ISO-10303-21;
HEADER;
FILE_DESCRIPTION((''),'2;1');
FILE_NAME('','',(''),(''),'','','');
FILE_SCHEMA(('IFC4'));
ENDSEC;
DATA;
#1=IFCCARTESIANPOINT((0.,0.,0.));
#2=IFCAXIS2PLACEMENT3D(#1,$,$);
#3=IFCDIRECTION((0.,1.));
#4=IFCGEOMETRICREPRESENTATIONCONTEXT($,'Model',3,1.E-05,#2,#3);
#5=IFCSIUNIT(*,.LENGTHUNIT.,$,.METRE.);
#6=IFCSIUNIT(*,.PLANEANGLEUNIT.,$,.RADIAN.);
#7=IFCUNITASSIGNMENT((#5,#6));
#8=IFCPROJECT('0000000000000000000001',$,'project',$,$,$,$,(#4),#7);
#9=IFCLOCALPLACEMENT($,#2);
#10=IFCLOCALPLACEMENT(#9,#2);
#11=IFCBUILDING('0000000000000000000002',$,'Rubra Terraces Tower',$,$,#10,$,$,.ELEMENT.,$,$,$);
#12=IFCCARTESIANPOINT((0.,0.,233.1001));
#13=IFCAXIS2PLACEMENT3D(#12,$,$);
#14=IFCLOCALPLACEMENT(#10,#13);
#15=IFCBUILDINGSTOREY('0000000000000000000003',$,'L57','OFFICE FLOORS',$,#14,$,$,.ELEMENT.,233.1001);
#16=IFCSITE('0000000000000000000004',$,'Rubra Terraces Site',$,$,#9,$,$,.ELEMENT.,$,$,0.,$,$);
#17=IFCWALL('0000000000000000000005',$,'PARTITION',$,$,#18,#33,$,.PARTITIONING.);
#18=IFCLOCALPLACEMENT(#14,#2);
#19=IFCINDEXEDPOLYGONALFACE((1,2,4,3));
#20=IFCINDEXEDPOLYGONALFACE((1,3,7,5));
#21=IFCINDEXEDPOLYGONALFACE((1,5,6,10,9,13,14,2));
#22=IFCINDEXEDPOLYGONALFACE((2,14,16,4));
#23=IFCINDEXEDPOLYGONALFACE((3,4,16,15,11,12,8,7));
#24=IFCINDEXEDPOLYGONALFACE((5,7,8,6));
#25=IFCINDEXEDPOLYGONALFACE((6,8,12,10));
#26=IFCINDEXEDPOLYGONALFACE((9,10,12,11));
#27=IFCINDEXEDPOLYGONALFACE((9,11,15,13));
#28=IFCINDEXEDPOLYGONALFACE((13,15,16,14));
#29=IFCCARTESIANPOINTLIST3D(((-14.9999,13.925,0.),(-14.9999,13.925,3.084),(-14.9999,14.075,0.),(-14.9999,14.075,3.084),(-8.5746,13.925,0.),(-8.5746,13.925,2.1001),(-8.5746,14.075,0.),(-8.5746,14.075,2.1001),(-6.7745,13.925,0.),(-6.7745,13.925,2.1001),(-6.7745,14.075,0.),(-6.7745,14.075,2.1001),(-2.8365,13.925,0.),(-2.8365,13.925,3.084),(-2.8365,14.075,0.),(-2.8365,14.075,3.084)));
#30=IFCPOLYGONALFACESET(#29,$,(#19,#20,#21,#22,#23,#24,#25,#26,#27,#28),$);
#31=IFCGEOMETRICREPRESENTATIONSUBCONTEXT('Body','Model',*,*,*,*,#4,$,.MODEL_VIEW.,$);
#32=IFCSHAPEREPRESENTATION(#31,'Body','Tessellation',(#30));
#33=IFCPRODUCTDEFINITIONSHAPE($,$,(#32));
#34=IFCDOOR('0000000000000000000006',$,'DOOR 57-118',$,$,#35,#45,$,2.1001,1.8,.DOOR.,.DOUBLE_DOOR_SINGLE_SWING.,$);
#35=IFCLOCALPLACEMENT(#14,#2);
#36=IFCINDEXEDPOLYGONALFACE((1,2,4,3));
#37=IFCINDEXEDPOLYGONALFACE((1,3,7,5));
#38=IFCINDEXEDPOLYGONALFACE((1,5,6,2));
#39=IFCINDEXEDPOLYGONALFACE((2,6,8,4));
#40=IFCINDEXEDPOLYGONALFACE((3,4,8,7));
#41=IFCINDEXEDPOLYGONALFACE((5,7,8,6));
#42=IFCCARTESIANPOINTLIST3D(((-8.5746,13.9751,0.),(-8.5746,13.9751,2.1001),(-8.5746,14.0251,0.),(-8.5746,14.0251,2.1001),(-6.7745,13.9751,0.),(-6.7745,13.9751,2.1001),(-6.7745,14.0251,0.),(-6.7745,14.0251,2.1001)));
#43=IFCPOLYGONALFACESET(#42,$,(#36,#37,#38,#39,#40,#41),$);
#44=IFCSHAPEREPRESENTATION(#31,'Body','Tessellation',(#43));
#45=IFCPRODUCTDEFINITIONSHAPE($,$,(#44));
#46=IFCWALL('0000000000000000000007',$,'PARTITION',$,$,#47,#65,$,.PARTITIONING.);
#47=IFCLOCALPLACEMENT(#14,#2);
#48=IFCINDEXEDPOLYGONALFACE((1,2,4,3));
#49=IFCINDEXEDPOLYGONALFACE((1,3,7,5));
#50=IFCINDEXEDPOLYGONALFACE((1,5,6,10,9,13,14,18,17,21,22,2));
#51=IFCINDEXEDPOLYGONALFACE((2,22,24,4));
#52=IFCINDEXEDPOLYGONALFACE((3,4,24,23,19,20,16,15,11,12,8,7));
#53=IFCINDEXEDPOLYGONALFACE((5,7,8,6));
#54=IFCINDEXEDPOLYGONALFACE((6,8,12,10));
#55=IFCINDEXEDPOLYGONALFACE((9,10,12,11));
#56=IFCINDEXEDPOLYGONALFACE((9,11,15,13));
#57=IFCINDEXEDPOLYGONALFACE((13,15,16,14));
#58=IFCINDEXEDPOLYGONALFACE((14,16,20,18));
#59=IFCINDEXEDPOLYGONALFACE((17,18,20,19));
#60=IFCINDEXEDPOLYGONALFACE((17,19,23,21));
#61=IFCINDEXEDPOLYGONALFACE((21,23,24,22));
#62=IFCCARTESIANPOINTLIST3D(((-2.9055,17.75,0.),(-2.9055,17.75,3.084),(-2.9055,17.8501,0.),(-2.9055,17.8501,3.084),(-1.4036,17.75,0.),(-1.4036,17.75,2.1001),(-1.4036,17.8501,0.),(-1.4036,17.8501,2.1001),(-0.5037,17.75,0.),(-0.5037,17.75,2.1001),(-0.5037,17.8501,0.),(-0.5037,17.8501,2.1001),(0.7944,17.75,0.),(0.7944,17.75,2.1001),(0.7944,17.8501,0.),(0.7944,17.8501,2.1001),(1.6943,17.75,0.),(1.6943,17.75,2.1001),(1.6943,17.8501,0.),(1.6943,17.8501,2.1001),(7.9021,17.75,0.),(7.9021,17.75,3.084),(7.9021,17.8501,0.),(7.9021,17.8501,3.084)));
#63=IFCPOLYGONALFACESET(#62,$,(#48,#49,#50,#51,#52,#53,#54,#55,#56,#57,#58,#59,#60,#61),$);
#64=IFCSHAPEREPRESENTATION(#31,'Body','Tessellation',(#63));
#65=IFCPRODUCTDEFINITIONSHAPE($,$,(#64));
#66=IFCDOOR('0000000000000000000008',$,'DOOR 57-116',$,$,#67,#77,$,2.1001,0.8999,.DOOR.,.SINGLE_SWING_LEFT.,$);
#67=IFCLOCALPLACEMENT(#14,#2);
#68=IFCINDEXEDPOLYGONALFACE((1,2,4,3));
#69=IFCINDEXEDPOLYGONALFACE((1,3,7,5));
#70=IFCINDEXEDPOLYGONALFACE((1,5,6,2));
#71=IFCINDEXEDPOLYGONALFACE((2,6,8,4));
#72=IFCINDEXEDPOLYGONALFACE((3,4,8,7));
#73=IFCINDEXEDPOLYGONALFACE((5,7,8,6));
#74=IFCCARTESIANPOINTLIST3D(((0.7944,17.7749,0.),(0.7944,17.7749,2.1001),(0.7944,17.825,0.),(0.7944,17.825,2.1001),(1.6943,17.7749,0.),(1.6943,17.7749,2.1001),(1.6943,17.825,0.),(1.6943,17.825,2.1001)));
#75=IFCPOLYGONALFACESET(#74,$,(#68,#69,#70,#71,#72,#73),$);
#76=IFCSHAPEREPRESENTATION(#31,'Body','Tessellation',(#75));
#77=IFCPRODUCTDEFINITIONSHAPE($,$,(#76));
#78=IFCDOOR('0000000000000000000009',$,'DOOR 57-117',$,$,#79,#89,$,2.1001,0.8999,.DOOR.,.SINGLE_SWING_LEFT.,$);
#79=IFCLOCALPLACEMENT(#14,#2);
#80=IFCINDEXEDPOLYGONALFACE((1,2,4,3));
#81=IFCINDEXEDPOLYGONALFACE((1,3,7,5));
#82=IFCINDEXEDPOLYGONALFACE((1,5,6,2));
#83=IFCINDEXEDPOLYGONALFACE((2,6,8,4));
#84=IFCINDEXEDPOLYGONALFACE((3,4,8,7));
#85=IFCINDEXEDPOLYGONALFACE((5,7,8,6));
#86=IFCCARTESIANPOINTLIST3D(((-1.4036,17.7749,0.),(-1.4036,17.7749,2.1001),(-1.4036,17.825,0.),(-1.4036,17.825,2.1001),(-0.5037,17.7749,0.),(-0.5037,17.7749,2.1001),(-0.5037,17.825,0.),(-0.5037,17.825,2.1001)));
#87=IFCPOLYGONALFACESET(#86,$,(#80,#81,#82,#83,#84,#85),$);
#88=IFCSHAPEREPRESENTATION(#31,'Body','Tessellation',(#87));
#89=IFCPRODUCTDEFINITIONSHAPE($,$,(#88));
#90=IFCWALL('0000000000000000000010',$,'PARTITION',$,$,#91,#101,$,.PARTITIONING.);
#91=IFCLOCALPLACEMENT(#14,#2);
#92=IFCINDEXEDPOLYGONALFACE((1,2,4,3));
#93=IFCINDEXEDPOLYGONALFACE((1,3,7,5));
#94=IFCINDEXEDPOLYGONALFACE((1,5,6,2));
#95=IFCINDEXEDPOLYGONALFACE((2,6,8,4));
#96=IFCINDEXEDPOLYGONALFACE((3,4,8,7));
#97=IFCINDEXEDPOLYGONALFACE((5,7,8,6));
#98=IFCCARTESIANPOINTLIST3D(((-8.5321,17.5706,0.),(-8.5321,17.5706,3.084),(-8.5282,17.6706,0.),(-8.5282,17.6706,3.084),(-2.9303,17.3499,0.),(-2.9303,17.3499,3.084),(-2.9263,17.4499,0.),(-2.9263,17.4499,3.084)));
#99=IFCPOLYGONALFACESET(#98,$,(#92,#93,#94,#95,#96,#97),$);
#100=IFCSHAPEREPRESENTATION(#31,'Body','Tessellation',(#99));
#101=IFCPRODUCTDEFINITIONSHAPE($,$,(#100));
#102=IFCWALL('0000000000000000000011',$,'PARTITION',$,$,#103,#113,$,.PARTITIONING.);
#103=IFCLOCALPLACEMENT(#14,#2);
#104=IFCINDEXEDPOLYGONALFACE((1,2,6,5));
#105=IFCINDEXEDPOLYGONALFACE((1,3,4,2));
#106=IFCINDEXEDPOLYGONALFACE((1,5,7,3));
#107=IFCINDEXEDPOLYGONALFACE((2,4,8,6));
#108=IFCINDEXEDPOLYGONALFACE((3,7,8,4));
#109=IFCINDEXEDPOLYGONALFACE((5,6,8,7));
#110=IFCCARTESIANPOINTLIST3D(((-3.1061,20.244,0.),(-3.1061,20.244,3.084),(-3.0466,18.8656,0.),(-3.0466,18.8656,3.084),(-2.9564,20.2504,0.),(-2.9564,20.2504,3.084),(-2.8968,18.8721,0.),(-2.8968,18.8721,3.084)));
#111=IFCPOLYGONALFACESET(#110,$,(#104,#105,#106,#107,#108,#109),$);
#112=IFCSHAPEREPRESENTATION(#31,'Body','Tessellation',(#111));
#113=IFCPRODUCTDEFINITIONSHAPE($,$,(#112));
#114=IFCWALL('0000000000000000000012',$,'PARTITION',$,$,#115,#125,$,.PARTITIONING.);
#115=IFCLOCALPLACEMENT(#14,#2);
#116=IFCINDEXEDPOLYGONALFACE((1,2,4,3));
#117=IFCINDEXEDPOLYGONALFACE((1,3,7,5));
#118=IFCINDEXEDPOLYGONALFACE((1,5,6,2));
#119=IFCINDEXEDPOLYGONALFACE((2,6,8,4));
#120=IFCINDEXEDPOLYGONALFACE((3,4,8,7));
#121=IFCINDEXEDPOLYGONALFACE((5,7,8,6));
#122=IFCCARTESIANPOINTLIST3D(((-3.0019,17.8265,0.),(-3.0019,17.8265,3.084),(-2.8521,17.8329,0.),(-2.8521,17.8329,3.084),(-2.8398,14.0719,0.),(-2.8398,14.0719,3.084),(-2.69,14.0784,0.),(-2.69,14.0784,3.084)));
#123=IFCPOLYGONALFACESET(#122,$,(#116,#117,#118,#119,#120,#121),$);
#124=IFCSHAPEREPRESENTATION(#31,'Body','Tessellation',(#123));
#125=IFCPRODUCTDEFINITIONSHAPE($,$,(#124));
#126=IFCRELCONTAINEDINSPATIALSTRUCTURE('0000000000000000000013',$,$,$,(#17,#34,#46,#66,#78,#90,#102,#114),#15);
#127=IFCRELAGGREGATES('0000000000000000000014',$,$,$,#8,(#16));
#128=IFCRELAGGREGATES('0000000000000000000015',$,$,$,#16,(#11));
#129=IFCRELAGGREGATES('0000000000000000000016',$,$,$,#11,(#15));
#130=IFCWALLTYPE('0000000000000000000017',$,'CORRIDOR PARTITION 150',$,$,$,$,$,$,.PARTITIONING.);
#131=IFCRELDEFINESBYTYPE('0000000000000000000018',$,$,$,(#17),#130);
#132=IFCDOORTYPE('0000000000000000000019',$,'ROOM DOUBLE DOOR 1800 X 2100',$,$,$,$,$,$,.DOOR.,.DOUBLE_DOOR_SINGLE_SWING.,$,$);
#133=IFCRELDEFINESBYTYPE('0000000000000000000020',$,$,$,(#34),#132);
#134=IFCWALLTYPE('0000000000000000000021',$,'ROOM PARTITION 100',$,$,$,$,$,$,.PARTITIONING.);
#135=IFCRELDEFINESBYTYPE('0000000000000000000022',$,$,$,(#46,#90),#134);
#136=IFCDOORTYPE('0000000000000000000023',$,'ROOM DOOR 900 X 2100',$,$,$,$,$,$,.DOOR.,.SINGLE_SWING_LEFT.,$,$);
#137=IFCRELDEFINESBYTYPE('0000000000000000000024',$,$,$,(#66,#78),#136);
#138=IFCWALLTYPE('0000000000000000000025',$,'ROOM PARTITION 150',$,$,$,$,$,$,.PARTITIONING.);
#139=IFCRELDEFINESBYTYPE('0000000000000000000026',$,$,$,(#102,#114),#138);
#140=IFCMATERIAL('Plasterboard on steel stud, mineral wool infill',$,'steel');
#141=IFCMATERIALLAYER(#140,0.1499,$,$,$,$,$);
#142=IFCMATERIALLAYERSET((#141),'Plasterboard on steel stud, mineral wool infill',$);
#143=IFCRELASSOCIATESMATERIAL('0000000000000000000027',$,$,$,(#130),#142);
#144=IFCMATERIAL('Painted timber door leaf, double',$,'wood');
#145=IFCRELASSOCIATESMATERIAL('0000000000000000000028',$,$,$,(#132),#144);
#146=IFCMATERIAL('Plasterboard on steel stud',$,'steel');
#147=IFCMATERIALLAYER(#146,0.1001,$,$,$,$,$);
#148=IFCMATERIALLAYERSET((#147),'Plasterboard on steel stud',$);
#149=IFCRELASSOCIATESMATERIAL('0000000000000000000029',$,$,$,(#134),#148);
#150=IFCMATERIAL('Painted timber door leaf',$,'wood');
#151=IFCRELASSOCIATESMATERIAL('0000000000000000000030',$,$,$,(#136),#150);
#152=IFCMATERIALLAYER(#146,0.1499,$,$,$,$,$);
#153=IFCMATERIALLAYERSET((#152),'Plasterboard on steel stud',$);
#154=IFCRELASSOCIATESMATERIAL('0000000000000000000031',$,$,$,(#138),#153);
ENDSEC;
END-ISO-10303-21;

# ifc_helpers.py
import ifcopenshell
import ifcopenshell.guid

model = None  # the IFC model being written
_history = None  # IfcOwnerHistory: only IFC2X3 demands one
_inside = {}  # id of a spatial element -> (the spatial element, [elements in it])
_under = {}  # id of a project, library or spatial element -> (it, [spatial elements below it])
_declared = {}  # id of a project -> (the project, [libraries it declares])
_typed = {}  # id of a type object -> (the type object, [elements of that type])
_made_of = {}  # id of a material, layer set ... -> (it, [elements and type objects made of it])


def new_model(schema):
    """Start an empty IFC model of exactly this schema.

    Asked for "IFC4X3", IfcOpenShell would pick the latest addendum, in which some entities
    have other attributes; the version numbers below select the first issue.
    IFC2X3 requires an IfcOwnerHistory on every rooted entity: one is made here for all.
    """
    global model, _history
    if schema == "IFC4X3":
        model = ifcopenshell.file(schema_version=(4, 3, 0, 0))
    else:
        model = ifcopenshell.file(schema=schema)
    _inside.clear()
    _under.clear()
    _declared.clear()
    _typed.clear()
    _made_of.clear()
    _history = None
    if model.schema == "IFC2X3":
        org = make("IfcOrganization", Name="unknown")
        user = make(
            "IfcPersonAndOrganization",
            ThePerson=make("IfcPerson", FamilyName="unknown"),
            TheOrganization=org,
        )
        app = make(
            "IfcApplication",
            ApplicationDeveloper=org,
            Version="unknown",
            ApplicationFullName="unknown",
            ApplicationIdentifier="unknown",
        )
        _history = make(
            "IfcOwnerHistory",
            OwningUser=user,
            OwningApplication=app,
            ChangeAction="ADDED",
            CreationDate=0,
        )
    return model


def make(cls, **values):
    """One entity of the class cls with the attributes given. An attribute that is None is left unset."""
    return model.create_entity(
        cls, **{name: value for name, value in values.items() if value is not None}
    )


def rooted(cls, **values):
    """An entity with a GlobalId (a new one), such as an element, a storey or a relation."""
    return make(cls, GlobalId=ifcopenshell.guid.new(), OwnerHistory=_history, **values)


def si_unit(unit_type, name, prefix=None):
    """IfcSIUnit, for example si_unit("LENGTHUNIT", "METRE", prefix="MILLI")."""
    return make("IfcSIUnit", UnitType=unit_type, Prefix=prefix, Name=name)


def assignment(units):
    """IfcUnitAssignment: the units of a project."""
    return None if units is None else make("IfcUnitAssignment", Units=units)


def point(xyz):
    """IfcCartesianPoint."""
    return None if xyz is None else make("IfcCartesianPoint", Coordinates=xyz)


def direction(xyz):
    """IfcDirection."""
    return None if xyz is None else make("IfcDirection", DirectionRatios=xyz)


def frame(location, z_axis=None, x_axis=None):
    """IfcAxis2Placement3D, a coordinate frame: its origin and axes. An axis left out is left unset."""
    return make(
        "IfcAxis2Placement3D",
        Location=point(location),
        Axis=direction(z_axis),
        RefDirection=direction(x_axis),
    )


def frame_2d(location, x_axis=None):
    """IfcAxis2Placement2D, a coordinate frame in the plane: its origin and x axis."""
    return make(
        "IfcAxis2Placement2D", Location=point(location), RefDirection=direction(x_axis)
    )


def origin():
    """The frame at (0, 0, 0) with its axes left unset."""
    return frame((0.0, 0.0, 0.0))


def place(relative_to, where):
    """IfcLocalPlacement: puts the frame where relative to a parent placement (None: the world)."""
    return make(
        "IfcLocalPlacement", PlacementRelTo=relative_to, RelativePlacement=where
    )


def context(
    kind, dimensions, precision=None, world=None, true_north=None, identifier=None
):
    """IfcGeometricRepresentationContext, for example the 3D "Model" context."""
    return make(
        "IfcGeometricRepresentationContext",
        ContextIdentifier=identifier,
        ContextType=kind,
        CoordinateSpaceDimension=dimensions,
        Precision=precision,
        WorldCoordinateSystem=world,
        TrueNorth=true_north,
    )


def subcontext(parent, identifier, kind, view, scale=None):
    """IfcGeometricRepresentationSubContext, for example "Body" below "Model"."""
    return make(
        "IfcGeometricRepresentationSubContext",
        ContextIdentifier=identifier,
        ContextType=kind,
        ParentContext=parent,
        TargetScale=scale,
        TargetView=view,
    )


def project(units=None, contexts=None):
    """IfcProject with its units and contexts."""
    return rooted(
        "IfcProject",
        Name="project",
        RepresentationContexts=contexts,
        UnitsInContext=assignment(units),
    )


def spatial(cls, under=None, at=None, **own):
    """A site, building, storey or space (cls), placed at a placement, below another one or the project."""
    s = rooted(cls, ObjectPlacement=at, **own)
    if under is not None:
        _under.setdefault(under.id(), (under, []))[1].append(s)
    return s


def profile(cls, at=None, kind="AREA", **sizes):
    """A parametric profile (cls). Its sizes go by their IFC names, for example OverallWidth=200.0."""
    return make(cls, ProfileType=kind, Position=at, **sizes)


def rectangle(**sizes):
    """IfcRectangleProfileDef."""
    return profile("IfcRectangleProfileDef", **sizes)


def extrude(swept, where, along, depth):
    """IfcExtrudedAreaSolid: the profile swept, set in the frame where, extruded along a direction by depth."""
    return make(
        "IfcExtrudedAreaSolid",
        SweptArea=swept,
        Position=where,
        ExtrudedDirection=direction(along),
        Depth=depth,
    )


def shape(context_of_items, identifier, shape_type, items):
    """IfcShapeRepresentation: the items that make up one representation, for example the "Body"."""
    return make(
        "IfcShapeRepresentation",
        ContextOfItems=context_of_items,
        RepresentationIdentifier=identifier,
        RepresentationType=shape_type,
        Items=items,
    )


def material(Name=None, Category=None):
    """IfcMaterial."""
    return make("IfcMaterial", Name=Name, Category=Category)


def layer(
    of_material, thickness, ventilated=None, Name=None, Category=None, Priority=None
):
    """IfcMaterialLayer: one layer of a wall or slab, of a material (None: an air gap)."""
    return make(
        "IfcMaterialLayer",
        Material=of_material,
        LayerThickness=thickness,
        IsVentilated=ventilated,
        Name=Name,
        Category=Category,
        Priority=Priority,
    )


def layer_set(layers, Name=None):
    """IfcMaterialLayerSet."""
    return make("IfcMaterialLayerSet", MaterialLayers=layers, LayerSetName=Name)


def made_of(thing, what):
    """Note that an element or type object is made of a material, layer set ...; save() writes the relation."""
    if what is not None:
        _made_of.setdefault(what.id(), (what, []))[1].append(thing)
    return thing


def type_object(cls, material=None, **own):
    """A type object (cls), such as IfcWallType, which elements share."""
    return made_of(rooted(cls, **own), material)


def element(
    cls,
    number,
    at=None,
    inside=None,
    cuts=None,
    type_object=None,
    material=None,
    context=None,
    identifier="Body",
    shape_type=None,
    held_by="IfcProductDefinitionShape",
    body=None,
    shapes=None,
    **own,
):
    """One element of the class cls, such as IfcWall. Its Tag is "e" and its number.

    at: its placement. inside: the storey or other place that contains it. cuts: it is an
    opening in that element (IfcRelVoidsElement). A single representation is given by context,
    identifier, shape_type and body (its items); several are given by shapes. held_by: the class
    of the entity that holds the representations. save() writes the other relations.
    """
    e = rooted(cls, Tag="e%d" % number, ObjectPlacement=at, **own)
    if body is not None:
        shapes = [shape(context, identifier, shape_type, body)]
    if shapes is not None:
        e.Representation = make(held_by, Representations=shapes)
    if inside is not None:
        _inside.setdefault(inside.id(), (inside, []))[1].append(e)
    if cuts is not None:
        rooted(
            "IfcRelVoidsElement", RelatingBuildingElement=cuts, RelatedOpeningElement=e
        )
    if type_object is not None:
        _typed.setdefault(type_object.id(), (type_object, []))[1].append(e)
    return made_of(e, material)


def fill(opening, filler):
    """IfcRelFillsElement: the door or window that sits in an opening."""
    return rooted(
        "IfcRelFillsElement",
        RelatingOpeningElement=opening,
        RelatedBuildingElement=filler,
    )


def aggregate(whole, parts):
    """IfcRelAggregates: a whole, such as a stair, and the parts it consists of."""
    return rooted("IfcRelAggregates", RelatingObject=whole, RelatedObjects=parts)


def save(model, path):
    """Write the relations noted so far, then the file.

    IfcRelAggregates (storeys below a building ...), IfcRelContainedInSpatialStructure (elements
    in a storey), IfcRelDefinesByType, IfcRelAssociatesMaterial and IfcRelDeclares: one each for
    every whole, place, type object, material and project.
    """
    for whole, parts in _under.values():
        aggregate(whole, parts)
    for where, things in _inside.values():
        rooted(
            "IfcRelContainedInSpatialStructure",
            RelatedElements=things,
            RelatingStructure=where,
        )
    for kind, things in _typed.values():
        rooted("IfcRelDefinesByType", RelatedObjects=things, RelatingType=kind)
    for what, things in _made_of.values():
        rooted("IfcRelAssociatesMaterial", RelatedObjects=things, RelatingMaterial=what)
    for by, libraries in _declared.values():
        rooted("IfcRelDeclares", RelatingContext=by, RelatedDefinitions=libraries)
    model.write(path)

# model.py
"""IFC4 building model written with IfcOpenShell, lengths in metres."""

from ifc_helpers import new_model, si_unit, direction, frame, frame_2d, origin, place, context, subcontext, project, spatial, rectangle, extrude, material, layer, layer_set, type_object, element, fill, save


model = new_model("IFC4")

# Units and contexts
model_context = context("Model", 3, precision=1e-05, world=origin(), true_north=direction((0.0, 1.0)))
body_context = subcontext(model_context, "Body", "Model", "MODEL_VIEW")
ifc_project = project(units=[si_unit("LENGTHUNIT", "METRE"), si_unit("PLANEANGLEUNIT", "RADIAN")], contexts=[model_context])

# Site, building, storey
site_placement = place(None, origin())
site = spatial("IfcSite", under=ifc_project, at=site_placement, Name="Rubra Terraces Site", CompositionType="ELEMENT", RefElevation=0.0)
building_placement = place(site_placement, origin())
building = spatial("IfcBuilding", under=site, at=building_placement, Name="Rubra Terraces Tower", CompositionType="ELEMENT")
storey_placement = place(building_placement, frame((0.0, 0.0, 233.1001)))
storey = spatial("IfcBuildingStorey", under=building, at=storey_placement, Name="L57", Description="OFFICE FLOORS", CompositionType="ELEMENT", Elevation=233.1001)

# Wall, opening, door
ifc_material_1 = material(Name="Plasterboard on steel stud, mineral wool infill", Category="steel")
ifc_layer_1 = layer(ifc_material_1, 0.1499)
ifc_layer_set_1 = layer_set([ifc_layer_1], Name="Plasterboard on steel stud, mineral wool infill")
wall_type_1 = type_object("IfcWallType", Name="CORRIDOR PARTITION 150", PredefinedType="PARTITIONING", material=ifc_layer_set_1)
wall_1_placement = place(storey_placement, frame((-2.8367, 14.0, 0.0), z_axis=(0.0, 0.0, 1.0), x_axis=(-1.0, 0.0, 0.0)))
wall_1 = element("IfcWall", 1, at=wall_1_placement, inside=storey, type_object=wall_type_1, Name="PARTITION", PredefinedType="PARTITIONING", context=body_context, shape_type="SweptSolid", body=[
    extrude(rectangle(XDim=12.1633, YDim=0.1499, at=frame_2d((6.0815, 0.0))), origin(), (0.0, 0.0, 1.0), 3.084),
])
opening_1_placement = place(wall_1_placement, frame((3.938, 0.0, 0.0)))
opening_1 = element("IfcOpeningElement", 2, at=opening_1_placement, cuts=wall_1, PredefinedType="OPENING", context=body_context, shape_type="SweptSolid", body=[
    extrude(rectangle(XDim=1.8, YDim=2.1001, at=frame_2d((0.8999, 1.05))), frame((0.0, 0.085, 0.0), z_axis=(0.0, -1.0, 0.0), x_axis=(1.0, 0.0, 0.0)), (0.0, 0.0, 1.0), 0.1699),
])
ifc_material_2 = material(Name="Painted timber door leaf, double", Category="wood")
door_type_1 = type_object("IfcDoorType", Name="ROOM DOUBLE DOOR 1800 X 2100", OperationType="DOUBLE_DOOR_SINGLE_SWING", PredefinedType="DOOR", material=ifc_material_2)
door_1_placement = place(opening_1_placement, origin())
door_1 = element("IfcDoor", 3, at=door_1_placement, inside=storey, type_object=door_type_1, Name="DOOR 57-118", OperationType="DOUBLE_DOOR_SINGLE_SWING", OverallHeight=2.1001, OverallWidth=1.8, PredefinedType="DOOR", context=body_context, shape_type="SweptSolid", body=[
    extrude(rectangle(XDim=1.8, YDim=2.1001, at=frame_2d((0.8999, 1.05))), frame((0.0, 0.0249, 0.0), z_axis=(0.0, -1.0, 0.0), x_axis=(1.0, 0.0, 0.0)), (0.0, 0.0, 1.0), 0.05),
])
fill(opening_1, door_1)

# Wall, openings, doors
ifc_material_3 = material(Name="Plasterboard on steel stud", Category="steel")
ifc_layer_2 = layer(ifc_material_3, 0.1001)
ifc_layer_set_2 = layer_set([ifc_layer_2], Name="Plasterboard on steel stud")
wall_type_2 = type_object("IfcWallType", Name="ROOM PARTITION 100", PredefinedType="PARTITIONING", material=ifc_layer_set_2)
wall_2_placement = place(storey_placement, frame((-2.9055, 17.8, 0.0), z_axis=(0.0, 0.0, 1.0), x_axis=(1.0, 0.0, 0.0)))
wall_2 = element("IfcWall", 4, at=wall_2_placement, inside=storey, type_object=wall_type_2, Name="PARTITION", PredefinedType="PARTITIONING", context=body_context, shape_type="SweptSolid", body=[
    extrude(rectangle(XDim=10.8076, YDim=0.1001, at=frame_2d((5.4038, 0.0))), origin(), (0.0, 0.0, 1.0), 3.084),
])
opening_2_placement = place(wall_2_placement, frame((3.7, 0.0, 0.0)))
opening_2 = element("IfcOpeningElement", 5, at=opening_2_placement, cuts=wall_2, PredefinedType="OPENING", context=body_context, shape_type="SweptSolid", body=[
    extrude(rectangle(XDim=0.8999, YDim=2.1001, at=frame_2d((0.45, 1.05))), frame((0.0, 0.0601, 0.0), z_axis=(0.0, -1.0, 0.0), x_axis=(1.0, 0.0, 0.0)), (0.0, 0.0, 1.0), 0.1201),
])
opening_3_placement = place(wall_2_placement, frame((1.502, 0.0, 0.0)))
opening_3 = element("IfcOpeningElement", 6, at=opening_3_placement, cuts=wall_2, PredefinedType="OPENING", context=body_context, shape_type="SweptSolid", body=[
    extrude(rectangle(XDim=0.8999, YDim=2.1001, at=frame_2d((0.45, 1.05))), frame((0.0, 0.0601, 0.0), z_axis=(0.0, -1.0, 0.0), x_axis=(1.0, 0.0, 0.0)), (0.0, 0.0, 1.0), 0.1201),
])
ifc_material_4 = material(Name="Painted timber door leaf", Category="wood")
door_type_2 = type_object("IfcDoorType", Name="ROOM DOOR 900 X 2100", OperationType="SINGLE_SWING_LEFT", PredefinedType="DOOR", material=ifc_material_4)
door_2_placement = place(opening_2_placement, origin())
door_2 = element("IfcDoor", 7, at=door_2_placement, inside=storey, type_object=door_type_2, Name="DOOR 57-116", OperationType="SINGLE_SWING_LEFT", OverallHeight=2.1001, OverallWidth=0.8999, PredefinedType="DOOR", context=body_context, shape_type="SweptSolid", body=[
    extrude(rectangle(XDim=0.8999, YDim=2.1001, at=frame_2d((0.45, 1.05))), frame((0.0, 0.0249, 0.0), z_axis=(0.0, -1.0, 0.0), x_axis=(1.0, 0.0, 0.0)), (0.0, 0.0, 1.0), 0.05),
])
fill(opening_2, door_2)
door_3_placement = place(opening_3_placement, origin())
door_3 = element("IfcDoor", 8, at=door_3_placement, inside=storey, type_object=door_type_2, Name="DOOR 57-117", OperationType="SINGLE_SWING_LEFT", OverallHeight=2.1001, OverallWidth=0.8999, PredefinedType="DOOR", context=body_context, shape_type="SweptSolid", body=[
    extrude(rectangle(XDim=0.8999, YDim=2.1001, at=frame_2d((0.45, 1.05))), frame((0.0, 0.0249, 0.0), z_axis=(0.0, -1.0, 0.0), x_axis=(1.0, 0.0, 0.0)), (0.0, 0.0, 1.0), 0.05),
])
fill(opening_3, door_3)

# Walls
wall_3_placement = place(storey_placement, frame((-8.5303, 17.6206, 0.0), z_axis=(0.0, 0.0, 1.0), x_axis=(0.999225, -0.039368, 0.0)))
element("IfcWall", 9, at=wall_3_placement, inside=storey, type_object=wall_type_2, Name="PARTITION", PredefinedType="PARTITIONING", context=body_context, shape_type="SweptSolid", body=[
    extrude(rectangle(XDim=5.6062, YDim=0.1001, at=frame_2d((2.8032, 0.0))), origin(), (0.0, 0.0, 1.0), 3.084),
])
ifc_layer_3 = layer(ifc_material_3, 0.1499)
ifc_layer_set_3 = layer_set([ifc_layer_3], Name="Plasterboard on steel stud")
wall_type_3 = type_object("IfcWallType", Name="ROOM PARTITION 150", PredefinedType="PARTITIONING", material=ifc_layer_set_3)
wall_4_placement = place(storey_placement, frame((-3.0312, 20.2473, 0.0), z_axis=(0.0, 0.0, 1.0), x_axis=(0.043176, -0.999067, 0.0)))
element("IfcWall", 10, at=wall_4_placement, inside=storey, type_object=wall_type_3, Name="PARTITION", PredefinedType="PARTITIONING", context=body_context, shape_type="SweptSolid", body=[
    extrude(rectangle(XDim=1.3796, YDim=0.1499, at=frame_2d((0.6899, 0.0))), origin(), (0.0, 0.0, 1.0), 3.084),
])
wall_5_placement = place(storey_placement, frame((-2.927, 17.8296, 0.0), z_axis=(0.0, 0.0, 1.0), x_axis=(0.043136, -0.999069, 0.0)))
element("IfcWall", 11, at=wall_5_placement, inside=storey, type_object=wall_type_3, Name="PARTITION", PredefinedType="PARTITIONING", context=body_context, shape_type="SweptSolid", body=[
    extrude(rectangle(XDim=3.7581, YDim=0.1499, at=frame_2d((1.8789, 0.0))), origin(), (0.0, 0.0, 1.0), 3.084),
])

save(model, "model.ifc")
